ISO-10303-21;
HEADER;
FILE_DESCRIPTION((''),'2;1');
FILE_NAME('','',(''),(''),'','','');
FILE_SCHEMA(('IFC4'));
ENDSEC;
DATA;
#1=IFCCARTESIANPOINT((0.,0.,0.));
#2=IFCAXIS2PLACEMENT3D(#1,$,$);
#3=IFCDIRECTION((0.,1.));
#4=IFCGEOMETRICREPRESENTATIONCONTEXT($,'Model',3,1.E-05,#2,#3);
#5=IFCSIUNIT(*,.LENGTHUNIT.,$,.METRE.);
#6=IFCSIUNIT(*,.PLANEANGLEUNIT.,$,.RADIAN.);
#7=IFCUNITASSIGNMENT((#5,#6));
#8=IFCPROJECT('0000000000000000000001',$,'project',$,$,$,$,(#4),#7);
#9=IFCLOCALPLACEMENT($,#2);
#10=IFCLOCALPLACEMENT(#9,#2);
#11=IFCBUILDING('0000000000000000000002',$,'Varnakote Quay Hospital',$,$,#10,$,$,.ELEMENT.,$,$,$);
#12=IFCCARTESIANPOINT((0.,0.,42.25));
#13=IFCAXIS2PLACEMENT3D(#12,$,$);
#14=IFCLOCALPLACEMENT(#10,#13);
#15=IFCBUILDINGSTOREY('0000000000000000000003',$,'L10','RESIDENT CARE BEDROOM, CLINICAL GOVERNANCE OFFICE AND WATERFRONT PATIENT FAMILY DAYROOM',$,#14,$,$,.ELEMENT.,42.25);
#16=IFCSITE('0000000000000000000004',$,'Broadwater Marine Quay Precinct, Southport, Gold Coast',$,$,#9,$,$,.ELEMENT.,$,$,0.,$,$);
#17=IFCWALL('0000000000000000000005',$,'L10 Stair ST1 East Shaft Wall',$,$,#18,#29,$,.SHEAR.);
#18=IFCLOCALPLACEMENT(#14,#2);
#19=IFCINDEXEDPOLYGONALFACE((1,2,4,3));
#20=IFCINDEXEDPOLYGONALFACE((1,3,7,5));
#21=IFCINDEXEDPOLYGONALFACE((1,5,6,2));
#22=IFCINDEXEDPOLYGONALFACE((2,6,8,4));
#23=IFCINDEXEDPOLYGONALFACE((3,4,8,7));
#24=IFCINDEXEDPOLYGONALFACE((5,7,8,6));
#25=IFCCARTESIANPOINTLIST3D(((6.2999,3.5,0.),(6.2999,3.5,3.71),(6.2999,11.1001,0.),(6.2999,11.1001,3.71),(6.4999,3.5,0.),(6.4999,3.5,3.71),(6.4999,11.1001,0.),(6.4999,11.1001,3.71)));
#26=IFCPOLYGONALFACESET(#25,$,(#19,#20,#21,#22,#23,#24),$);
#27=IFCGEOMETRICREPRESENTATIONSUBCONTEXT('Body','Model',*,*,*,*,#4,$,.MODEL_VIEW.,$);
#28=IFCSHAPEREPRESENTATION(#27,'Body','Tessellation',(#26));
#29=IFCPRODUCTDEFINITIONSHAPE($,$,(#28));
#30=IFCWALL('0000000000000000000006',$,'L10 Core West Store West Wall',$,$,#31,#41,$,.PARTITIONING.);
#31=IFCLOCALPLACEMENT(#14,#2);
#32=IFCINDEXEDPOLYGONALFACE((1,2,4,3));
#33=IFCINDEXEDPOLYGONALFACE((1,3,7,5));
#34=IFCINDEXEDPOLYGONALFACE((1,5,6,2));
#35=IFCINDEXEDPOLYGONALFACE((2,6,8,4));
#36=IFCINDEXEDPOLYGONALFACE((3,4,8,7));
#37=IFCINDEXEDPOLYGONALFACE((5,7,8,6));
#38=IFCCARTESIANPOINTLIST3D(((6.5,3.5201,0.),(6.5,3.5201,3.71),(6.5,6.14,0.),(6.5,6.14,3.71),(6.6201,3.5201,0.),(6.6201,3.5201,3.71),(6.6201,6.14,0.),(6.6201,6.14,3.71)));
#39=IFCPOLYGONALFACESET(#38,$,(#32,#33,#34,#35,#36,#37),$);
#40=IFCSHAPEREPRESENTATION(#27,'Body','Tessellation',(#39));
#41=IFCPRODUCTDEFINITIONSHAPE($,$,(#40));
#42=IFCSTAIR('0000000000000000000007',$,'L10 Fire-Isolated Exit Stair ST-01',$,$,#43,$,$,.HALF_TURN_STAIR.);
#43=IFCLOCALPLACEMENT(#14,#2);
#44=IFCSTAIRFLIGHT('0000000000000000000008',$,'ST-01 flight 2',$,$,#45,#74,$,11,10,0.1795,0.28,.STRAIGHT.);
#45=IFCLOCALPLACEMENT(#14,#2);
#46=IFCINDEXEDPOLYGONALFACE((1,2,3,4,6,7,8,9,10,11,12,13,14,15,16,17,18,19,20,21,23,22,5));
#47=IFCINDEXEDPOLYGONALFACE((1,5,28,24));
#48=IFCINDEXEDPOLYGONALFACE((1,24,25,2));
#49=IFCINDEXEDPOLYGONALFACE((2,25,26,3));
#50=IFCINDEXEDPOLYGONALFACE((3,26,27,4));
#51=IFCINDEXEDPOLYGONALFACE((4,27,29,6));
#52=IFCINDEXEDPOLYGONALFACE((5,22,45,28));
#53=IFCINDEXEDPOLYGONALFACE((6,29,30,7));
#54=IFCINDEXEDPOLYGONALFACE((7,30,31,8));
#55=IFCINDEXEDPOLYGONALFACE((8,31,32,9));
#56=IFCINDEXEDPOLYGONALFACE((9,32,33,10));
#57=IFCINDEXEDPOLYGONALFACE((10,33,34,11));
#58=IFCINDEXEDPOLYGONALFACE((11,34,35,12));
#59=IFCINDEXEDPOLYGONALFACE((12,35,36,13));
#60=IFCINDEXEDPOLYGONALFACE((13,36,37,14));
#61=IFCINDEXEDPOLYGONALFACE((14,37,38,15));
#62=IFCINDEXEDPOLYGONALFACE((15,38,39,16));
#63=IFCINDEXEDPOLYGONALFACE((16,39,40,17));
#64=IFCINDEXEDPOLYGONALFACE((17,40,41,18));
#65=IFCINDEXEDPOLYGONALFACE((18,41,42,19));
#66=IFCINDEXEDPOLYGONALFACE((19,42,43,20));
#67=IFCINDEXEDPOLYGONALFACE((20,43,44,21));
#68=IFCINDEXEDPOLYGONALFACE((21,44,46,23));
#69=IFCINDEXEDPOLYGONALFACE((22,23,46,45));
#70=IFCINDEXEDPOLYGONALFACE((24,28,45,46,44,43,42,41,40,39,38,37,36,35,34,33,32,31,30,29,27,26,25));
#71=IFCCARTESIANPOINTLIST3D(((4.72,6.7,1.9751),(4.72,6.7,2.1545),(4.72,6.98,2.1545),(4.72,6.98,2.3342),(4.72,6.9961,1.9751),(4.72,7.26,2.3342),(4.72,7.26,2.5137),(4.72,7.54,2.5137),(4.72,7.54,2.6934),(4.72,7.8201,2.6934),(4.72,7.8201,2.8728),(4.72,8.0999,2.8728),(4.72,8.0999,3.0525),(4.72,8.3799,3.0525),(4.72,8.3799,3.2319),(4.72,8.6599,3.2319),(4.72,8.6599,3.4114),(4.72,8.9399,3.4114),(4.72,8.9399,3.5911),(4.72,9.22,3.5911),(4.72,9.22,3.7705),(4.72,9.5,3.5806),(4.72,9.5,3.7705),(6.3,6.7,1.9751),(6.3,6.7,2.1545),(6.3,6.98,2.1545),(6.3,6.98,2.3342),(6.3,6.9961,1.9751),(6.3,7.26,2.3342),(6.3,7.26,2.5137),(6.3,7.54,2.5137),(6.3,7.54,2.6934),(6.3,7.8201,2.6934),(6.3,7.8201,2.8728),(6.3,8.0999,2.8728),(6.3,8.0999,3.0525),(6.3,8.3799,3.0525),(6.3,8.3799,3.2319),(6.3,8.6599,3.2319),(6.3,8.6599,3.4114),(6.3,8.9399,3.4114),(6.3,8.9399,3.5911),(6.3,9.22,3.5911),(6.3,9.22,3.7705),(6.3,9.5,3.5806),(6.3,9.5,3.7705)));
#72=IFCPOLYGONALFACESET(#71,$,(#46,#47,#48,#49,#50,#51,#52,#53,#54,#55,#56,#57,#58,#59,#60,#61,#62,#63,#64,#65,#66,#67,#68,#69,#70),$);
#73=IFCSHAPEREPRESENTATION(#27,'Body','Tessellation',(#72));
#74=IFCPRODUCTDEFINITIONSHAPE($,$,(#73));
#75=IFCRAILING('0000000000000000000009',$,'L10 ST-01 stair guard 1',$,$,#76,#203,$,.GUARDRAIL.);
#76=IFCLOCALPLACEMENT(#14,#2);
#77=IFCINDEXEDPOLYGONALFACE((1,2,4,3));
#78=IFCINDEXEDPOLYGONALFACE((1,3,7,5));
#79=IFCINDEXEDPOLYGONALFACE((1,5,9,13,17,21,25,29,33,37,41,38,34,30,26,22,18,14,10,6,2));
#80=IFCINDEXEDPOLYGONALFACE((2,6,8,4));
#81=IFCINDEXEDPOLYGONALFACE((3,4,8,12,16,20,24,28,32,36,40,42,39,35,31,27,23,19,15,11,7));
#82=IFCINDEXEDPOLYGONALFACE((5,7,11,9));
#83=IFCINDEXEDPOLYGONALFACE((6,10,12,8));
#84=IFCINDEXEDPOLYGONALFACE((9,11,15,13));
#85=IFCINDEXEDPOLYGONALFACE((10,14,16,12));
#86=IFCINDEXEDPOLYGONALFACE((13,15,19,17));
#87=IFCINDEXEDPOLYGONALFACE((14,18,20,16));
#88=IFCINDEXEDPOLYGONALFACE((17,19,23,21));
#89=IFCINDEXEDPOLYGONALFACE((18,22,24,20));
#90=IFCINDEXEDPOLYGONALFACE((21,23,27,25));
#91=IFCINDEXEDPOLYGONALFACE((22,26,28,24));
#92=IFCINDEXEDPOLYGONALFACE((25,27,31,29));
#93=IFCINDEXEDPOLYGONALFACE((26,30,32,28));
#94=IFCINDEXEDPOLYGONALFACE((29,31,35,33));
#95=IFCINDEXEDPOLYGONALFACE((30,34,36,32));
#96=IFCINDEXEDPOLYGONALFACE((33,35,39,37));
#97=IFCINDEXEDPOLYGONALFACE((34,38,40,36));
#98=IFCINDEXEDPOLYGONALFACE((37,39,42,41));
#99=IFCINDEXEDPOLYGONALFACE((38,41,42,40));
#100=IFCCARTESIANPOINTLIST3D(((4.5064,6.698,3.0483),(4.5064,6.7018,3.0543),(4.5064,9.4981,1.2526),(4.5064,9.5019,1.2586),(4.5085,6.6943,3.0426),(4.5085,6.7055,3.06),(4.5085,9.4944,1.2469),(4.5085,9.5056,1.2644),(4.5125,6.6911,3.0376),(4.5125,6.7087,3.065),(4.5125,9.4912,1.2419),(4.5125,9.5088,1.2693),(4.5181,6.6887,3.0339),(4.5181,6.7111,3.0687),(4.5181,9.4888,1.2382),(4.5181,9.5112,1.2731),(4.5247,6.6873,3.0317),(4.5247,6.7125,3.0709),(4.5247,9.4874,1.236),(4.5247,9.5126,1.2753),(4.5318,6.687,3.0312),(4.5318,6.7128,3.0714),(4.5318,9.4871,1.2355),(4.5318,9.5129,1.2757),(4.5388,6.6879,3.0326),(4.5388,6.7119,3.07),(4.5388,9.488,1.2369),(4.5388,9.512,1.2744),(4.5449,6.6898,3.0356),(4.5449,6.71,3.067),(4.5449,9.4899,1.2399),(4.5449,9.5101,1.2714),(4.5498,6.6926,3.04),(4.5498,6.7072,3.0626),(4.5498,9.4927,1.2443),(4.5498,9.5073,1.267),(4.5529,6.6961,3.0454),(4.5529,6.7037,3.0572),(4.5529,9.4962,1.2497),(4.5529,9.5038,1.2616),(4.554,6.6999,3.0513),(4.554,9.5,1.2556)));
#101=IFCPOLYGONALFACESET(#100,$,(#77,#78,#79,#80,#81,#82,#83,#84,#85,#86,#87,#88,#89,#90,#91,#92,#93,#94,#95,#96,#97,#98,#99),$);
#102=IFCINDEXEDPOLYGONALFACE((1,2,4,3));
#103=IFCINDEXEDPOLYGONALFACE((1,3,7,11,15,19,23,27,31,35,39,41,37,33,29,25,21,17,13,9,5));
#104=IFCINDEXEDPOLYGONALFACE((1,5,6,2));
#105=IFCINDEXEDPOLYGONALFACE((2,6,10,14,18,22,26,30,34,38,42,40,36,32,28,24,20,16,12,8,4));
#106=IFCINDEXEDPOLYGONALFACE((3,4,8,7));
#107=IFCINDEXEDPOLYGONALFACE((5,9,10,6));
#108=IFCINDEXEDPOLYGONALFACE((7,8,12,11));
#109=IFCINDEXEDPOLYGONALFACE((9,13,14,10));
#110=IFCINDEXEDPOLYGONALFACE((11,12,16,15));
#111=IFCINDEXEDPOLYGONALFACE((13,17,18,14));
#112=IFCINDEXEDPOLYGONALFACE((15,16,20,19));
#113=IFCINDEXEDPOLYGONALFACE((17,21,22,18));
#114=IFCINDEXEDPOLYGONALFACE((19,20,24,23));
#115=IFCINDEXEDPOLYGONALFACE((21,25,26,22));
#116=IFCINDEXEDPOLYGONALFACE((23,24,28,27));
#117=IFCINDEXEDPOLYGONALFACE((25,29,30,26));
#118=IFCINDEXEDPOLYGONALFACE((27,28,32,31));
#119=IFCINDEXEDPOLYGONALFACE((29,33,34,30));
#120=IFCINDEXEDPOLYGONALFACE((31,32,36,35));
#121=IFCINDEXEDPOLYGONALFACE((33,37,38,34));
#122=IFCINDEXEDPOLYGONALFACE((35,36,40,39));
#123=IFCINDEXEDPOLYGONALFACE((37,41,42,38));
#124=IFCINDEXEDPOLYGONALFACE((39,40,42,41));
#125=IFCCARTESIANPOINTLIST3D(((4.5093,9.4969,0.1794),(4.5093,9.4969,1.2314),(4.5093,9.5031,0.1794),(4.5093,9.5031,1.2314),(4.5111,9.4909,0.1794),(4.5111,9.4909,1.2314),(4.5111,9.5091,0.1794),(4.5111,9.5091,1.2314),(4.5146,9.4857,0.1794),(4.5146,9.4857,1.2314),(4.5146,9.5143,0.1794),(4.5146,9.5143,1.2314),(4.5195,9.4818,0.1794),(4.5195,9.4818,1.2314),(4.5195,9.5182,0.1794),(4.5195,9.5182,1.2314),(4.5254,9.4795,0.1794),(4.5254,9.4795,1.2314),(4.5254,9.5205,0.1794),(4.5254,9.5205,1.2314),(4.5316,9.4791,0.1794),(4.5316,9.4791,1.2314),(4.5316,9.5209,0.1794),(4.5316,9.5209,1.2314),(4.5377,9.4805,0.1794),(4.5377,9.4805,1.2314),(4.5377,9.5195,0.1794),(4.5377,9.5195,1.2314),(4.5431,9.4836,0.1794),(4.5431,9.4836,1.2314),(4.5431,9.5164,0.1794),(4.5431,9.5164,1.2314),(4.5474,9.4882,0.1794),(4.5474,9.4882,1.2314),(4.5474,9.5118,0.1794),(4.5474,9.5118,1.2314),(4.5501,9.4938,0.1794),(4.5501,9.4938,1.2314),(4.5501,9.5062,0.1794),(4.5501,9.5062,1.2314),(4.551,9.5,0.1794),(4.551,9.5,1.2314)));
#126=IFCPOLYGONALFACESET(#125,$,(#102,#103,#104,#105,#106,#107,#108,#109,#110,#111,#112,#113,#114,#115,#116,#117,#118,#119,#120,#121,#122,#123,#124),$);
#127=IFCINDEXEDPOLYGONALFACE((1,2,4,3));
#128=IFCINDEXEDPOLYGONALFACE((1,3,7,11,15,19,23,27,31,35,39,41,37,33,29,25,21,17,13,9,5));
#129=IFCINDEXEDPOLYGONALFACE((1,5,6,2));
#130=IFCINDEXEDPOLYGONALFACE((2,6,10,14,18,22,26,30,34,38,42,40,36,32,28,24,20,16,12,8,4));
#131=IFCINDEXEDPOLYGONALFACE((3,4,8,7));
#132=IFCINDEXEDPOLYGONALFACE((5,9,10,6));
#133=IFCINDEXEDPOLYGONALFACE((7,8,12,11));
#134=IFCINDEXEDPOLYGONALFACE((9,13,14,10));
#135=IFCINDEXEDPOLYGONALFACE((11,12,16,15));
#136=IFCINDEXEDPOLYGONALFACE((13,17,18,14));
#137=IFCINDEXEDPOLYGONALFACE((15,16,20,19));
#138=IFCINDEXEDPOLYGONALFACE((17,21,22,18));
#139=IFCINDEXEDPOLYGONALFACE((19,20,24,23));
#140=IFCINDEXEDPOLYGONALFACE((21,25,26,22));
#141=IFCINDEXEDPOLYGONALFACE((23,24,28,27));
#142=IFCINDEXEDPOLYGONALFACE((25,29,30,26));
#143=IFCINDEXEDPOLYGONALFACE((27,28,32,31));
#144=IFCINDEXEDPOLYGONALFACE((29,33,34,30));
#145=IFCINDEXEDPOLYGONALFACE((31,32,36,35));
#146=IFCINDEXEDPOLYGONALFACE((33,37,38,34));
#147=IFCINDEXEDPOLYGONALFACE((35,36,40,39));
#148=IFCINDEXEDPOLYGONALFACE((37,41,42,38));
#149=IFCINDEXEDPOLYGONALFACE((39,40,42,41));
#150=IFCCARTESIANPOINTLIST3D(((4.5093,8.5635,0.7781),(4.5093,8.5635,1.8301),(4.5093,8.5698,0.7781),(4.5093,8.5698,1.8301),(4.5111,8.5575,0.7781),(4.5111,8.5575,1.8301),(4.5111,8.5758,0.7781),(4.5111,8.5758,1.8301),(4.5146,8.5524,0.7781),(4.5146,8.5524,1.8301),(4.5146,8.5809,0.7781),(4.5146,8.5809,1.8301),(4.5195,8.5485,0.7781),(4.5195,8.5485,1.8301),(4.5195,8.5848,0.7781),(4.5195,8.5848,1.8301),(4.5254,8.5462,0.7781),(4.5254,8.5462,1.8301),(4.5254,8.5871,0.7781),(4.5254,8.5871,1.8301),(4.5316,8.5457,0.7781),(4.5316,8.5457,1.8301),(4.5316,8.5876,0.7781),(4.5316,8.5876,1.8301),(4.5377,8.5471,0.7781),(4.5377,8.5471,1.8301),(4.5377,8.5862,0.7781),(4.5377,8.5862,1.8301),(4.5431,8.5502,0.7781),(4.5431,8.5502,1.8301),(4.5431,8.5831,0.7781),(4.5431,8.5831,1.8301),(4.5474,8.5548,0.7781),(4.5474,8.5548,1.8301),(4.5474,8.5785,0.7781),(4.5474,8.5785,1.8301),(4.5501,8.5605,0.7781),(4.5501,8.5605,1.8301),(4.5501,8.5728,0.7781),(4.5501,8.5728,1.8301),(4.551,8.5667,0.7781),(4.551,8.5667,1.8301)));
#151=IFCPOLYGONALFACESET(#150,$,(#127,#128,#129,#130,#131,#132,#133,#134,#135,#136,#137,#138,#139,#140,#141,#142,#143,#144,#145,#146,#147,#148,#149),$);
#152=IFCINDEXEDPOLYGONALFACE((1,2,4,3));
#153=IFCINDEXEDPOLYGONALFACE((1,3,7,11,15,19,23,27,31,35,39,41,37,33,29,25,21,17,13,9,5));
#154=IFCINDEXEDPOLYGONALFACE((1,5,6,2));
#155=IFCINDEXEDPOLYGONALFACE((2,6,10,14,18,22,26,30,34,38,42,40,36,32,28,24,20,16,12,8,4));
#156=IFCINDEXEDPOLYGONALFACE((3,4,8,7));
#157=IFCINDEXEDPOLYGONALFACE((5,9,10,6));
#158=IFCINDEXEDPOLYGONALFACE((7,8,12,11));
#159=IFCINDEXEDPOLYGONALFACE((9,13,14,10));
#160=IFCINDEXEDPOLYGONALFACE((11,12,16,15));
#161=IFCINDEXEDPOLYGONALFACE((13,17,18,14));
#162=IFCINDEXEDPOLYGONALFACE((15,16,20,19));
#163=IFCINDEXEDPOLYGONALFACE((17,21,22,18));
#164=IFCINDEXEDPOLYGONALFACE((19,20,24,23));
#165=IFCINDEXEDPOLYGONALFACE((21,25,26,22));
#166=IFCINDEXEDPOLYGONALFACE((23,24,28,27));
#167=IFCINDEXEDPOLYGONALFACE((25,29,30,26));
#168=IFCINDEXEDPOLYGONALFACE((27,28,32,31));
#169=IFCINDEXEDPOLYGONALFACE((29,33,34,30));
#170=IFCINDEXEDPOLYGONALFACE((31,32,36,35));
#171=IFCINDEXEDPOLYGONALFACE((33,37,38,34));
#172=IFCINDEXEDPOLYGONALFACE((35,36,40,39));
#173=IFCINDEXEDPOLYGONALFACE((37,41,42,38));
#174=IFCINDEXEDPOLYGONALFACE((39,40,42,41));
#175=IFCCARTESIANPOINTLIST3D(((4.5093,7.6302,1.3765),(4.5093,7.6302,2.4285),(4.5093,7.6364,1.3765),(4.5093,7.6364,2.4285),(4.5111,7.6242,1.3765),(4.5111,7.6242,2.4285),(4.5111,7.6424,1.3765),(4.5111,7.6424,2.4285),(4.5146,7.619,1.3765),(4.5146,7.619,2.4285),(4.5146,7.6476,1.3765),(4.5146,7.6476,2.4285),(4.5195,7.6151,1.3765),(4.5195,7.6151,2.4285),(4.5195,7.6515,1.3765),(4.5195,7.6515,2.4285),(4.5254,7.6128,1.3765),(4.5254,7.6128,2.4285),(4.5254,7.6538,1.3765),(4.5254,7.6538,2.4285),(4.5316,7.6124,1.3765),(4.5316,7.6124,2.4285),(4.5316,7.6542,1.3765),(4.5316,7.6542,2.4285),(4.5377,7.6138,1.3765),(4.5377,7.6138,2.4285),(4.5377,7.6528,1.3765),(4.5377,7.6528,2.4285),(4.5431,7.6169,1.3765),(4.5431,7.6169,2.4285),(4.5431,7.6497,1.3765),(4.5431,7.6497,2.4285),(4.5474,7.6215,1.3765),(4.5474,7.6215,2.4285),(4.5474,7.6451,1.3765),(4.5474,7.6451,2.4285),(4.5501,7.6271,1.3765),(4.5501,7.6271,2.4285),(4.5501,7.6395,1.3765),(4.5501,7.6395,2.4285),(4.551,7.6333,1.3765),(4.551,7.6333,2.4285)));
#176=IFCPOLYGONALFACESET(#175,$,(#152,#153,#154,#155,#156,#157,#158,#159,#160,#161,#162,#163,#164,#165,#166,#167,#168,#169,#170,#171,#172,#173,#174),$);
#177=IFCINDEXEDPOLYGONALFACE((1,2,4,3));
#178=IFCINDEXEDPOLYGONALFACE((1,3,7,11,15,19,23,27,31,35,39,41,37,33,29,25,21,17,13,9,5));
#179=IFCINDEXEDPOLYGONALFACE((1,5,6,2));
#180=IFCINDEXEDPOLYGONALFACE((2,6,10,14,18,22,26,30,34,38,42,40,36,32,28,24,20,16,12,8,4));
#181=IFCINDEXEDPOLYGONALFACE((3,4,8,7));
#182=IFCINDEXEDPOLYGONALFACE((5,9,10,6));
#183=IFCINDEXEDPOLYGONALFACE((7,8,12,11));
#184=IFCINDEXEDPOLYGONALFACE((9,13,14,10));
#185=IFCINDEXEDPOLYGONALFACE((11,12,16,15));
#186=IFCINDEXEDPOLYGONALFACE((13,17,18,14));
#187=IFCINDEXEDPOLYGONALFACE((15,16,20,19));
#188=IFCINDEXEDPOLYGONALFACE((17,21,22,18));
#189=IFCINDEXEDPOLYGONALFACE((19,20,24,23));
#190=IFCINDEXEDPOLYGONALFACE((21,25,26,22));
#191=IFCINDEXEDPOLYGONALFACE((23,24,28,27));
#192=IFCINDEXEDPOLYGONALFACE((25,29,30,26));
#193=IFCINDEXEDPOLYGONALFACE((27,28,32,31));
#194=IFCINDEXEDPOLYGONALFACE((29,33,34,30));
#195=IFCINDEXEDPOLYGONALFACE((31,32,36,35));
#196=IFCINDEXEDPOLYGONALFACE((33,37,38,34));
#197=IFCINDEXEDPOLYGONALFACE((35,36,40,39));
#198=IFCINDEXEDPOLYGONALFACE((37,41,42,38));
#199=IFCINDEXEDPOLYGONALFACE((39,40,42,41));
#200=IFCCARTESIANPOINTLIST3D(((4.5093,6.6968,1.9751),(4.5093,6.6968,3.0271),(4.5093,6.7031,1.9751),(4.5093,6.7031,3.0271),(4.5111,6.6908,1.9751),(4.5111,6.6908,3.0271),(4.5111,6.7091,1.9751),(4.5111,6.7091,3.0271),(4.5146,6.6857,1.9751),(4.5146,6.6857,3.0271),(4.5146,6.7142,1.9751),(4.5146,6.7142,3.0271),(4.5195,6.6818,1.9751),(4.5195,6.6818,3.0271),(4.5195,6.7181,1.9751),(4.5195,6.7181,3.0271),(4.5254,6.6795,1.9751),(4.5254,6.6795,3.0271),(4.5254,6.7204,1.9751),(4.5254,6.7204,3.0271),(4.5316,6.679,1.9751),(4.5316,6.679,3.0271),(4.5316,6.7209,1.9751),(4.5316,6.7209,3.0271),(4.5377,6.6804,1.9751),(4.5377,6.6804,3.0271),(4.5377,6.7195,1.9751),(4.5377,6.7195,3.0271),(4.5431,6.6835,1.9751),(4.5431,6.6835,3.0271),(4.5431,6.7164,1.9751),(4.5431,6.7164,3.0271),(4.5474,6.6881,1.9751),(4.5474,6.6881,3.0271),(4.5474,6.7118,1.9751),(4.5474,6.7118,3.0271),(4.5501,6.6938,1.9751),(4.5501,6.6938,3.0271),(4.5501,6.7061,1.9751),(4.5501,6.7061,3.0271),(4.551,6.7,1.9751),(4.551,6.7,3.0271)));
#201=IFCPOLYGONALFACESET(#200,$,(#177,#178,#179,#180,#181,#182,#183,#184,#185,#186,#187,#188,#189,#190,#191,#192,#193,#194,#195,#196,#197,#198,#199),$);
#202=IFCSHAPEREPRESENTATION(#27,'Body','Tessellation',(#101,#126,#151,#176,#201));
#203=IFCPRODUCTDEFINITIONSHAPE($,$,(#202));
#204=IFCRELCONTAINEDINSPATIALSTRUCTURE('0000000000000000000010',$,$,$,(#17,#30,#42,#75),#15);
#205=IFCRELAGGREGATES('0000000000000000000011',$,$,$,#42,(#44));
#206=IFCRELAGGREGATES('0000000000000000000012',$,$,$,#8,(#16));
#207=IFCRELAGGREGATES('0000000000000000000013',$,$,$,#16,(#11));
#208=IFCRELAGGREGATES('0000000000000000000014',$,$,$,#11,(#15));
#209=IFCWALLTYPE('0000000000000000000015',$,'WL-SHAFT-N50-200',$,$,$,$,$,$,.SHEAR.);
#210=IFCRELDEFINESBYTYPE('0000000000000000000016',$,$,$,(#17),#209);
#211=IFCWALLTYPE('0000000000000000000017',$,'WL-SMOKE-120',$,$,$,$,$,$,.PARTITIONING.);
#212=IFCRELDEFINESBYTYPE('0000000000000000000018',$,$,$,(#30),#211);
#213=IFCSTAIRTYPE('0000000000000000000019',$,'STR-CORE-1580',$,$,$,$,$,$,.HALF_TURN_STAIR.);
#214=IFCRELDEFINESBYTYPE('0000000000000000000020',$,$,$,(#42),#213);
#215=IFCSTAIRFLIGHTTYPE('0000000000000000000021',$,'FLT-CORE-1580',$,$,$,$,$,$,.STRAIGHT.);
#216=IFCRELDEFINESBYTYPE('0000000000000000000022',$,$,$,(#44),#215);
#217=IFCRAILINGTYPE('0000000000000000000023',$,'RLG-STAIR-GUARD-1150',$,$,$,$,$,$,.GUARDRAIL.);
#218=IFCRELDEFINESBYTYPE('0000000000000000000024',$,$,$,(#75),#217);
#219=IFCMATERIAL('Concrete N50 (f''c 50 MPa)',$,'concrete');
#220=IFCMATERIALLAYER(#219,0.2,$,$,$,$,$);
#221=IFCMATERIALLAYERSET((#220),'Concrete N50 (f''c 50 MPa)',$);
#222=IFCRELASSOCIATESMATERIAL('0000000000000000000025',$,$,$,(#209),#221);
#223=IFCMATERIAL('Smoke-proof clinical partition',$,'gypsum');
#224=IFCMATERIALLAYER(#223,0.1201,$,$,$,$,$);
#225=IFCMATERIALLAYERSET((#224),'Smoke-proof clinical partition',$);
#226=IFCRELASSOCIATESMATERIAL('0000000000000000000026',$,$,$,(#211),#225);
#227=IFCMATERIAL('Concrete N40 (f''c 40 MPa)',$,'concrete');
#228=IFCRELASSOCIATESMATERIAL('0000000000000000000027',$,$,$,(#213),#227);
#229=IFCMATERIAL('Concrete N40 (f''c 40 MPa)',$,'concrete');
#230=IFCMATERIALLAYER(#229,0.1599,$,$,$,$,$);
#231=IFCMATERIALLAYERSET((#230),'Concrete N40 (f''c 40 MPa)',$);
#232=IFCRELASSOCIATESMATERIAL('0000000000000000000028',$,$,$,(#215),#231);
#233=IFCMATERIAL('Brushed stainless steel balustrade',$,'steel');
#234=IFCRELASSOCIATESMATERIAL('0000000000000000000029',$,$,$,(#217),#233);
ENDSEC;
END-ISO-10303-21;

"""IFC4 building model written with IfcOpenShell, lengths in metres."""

from ifc_helpers import new_model, si_unit, direction, frame, frame_2d, origin, origin_2d, place, context, subcontext, project, spatial, polyline, rectangle, circle, outline, extrude, material, layer, layer_set, type_object, element, aggregate, save


model = new_model("IFC4")

# Units and contexts
model_context = context("Model", 3, precision=1e-05, world=origin(), true_north=direction((0.0, 1.0)))
body_context = subcontext(model_context, "Body", "Model", "MODEL_VIEW")
ifc_project = project(units=[si_unit("LENGTHUNIT", "METRE"), si_unit("PLANEANGLEUNIT", "RADIAN")], contexts=[model_context])

# Site, building, storey
site_placement = place(None, origin())
site = spatial("IfcSite", under=ifc_project, at=site_placement, Name="Broadwater Marine Quay Precinct, Southport, Gold Coast", CompositionType="ELEMENT", RefElevation=0.0)
building_placement = place(site_placement, origin())
building = spatial("IfcBuilding", under=site, at=building_placement, Name="Varnakote Quay Hospital", CompositionType="ELEMENT")
storey_placement = place(building_placement, frame((0.0, 0.0, 42.25)))
storey = spatial("IfcBuildingStorey", under=building, at=storey_placement, Name="L10", Description="RESIDENT CARE BEDROOM, CLINICAL GOVERNANCE OFFICE AND WATERFRONT PATIENT FAMILY DAYROOM", CompositionType="ELEMENT", Elevation=42.25)

# Walls
ifc_material_1 = material(Name="Concrete N50 (f'c 50 MPa)", Category="concrete")
ifc_layer_1 = layer(ifc_material_1, 0.2)
ifc_layer_set_1 = layer_set([ifc_layer_1], Name="Concrete N50 (f'c 50 MPa)")
wall_type_1 = type_object("IfcWallType", Name="WL-SHAFT-N50-200", PredefinedType="SHEAR", material=ifc_layer_set_1)
wall_1_placement = place(storey_placement, frame((6.3999, 3.5, 0.0), z_axis=(0.0, 0.0, 1.0), x_axis=(0.0, 1.0, 0.0)))
element("IfcWall", 1, at=wall_1_placement, inside=storey, type_object=wall_type_1, Name="L10 Stair ST1 East Shaft Wall", PredefinedType="SHEAR", context=body_context, shape_type="SweptSolid", body=[
    extrude(rectangle(XDim=7.6001, YDim=0.2, at=frame_2d((3.8, 0.0))), origin(), (0.0, 0.0, 1.0), 3.71),
])
ifc_material_2 = material(Name="Smoke-proof clinical partition", Category="gypsum")
ifc_layer_2 = layer(ifc_material_2, 0.1201)
ifc_layer_set_2 = layer_set([ifc_layer_2], Name="Smoke-proof clinical partition")
wall_type_2 = type_object("IfcWallType", Name="WL-SMOKE-120", PredefinedType="PARTITIONING", material=ifc_layer_set_2)
wall_2_placement = place(storey_placement, frame((6.5601, 3.52, 0.0), z_axis=(0.0, 0.0, 1.0), x_axis=(0.0, 1.0, 0.0)))
element("IfcWall", 2, at=wall_2_placement, inside=storey, type_object=wall_type_2, Name="L10 Core West Store West Wall", PredefinedType="PARTITIONING", context=body_context, shape_type="SweptSolid", body=[
    extrude(rectangle(XDim=2.6199, YDim=0.1201, at=frame_2d((1.3101, 0.0))), origin(), (0.0, 0.0, 1.0), 3.71),
])

# Stair, stair flight
ifc_material_3 = material(Name="Concrete N40 (f'c 40 MPa)", Category="concrete")
stair_type = type_object("IfcStairType", Name="STR-CORE-1580", PredefinedType="HALF_TURN_STAIR", material=ifc_material_3)
stair_placement = place(storey_placement, origin())
stair = element("IfcStair", 3, at=stair_placement, inside=storey, type_object=stair_type, Name="L10 Fire-Isolated Exit Stair ST-01", PredefinedType="HALF_TURN_STAIR")
ifc_material_4 = material(Name="Concrete N40 (f'c 40 MPa)", Category="concrete")
ifc_layer_3 = layer(ifc_material_4, 0.1599)
ifc_layer_set_3 = layer_set([ifc_layer_3], Name="Concrete N40 (f'c 40 MPa)")
stair_flight_type = type_object("IfcStairFlightType", Name="FLT-CORE-1580", PredefinedType="STRAIGHT", material=ifc_layer_set_3)
stair_flight_placement = place(storey_placement, frame((5.51, 6.7, 1.9751), z_axis=(0.0, 0.0, 1.0), x_axis=(0.0, 1.0, 0.0)))
stair_flight = element("IfcStairFlight", 4, at=stair_flight_placement, type_object=stair_flight_type, Name="ST-01 flight 2", NumberOfRisers=11, NumberOfTreads=10, PredefinedType="STRAIGHT", RiserHeight=0.1795, TreadLength=0.28, context=body_context, shape_type="SweptSolid", body=[
    extrude(outline(polyline([(0.0, 0.0), (0.0, 0.1794), (0.28, 0.1794), (0.28, 0.3591), (0.5601, 0.3591), (0.5601, 0.5386), (0.8401, 0.5386), (0.8401, 0.7183), (1.1201, 0.7183), (1.1201, 0.8977), (1.3999, 0.8977), (1.3999, 1.0774), (1.6799, 1.0774), (1.6799, 1.2568), (1.96, 1.2568), (1.96, 1.4363), (2.24, 1.4363), (2.24, 1.616), (2.52, 1.616), (2.52, 1.7954), (2.8, 1.7954), (2.8, 1.9751), (2.8, 1.6055), (0.2961, 0.0), (0.0, 0.0)])), frame((0.0, 0.79, 0.0), z_axis=(0.0, -1.0, 0.0), x_axis=(1.0, 0.0, 0.0)), (0.0, 0.0, 1.0), 1.5801),
])
aggregate(stair, [stair_flight])

# Railing
ifc_material_5 = material(Name="Brushed stainless steel balustrade", Category="steel")
railing_type_1 = type_object("IfcRailingType", Name="RLG-STAIR-GUARD-1150", PredefinedType="GUARDRAIL", material=ifc_material_5)
railing_1_placement = place(storey_placement, frame((4.53, 9.5, 0.1794)))
element("IfcRailing", 5, at=railing_1_placement, inside=storey, type_object=railing_type_1, Name="L10 ST-01 stair guard 1", PredefinedType="GUARDRAIL", context=body_context, shape_type="SweptSolid", body=[
    extrude(circle(Radius=0.0239, at=origin_2d()), frame((0.0, 0.0, 1.0762), z_axis=(0.0, -0.841777, 0.539826), x_axis=(1.0, 0.0, 0.0)), (0.0, 0.0, 1.0), 3.3264),
    extrude(circle(Radius=0.021, at=origin_2d()), origin(), (0.0, 0.0, 1.0), 1.052),
    extrude(circle(Radius=0.021, at=origin_2d()), frame((0.0, -0.9333, 0.5986)), (0.0, 0.0, 1.0), 1.052),
    extrude(circle(Radius=0.021, at=origin_2d()), frame((0.0, -1.8667, 1.197)), (0.0, 0.0, 1.0), 1.052),
    extrude(circle(Radius=0.021, at=origin_2d()), frame((0.0, -2.8, 1.7957)), (0.0, 0.0, 1.0), 1.052),
])

save(model, "model.ifc")
